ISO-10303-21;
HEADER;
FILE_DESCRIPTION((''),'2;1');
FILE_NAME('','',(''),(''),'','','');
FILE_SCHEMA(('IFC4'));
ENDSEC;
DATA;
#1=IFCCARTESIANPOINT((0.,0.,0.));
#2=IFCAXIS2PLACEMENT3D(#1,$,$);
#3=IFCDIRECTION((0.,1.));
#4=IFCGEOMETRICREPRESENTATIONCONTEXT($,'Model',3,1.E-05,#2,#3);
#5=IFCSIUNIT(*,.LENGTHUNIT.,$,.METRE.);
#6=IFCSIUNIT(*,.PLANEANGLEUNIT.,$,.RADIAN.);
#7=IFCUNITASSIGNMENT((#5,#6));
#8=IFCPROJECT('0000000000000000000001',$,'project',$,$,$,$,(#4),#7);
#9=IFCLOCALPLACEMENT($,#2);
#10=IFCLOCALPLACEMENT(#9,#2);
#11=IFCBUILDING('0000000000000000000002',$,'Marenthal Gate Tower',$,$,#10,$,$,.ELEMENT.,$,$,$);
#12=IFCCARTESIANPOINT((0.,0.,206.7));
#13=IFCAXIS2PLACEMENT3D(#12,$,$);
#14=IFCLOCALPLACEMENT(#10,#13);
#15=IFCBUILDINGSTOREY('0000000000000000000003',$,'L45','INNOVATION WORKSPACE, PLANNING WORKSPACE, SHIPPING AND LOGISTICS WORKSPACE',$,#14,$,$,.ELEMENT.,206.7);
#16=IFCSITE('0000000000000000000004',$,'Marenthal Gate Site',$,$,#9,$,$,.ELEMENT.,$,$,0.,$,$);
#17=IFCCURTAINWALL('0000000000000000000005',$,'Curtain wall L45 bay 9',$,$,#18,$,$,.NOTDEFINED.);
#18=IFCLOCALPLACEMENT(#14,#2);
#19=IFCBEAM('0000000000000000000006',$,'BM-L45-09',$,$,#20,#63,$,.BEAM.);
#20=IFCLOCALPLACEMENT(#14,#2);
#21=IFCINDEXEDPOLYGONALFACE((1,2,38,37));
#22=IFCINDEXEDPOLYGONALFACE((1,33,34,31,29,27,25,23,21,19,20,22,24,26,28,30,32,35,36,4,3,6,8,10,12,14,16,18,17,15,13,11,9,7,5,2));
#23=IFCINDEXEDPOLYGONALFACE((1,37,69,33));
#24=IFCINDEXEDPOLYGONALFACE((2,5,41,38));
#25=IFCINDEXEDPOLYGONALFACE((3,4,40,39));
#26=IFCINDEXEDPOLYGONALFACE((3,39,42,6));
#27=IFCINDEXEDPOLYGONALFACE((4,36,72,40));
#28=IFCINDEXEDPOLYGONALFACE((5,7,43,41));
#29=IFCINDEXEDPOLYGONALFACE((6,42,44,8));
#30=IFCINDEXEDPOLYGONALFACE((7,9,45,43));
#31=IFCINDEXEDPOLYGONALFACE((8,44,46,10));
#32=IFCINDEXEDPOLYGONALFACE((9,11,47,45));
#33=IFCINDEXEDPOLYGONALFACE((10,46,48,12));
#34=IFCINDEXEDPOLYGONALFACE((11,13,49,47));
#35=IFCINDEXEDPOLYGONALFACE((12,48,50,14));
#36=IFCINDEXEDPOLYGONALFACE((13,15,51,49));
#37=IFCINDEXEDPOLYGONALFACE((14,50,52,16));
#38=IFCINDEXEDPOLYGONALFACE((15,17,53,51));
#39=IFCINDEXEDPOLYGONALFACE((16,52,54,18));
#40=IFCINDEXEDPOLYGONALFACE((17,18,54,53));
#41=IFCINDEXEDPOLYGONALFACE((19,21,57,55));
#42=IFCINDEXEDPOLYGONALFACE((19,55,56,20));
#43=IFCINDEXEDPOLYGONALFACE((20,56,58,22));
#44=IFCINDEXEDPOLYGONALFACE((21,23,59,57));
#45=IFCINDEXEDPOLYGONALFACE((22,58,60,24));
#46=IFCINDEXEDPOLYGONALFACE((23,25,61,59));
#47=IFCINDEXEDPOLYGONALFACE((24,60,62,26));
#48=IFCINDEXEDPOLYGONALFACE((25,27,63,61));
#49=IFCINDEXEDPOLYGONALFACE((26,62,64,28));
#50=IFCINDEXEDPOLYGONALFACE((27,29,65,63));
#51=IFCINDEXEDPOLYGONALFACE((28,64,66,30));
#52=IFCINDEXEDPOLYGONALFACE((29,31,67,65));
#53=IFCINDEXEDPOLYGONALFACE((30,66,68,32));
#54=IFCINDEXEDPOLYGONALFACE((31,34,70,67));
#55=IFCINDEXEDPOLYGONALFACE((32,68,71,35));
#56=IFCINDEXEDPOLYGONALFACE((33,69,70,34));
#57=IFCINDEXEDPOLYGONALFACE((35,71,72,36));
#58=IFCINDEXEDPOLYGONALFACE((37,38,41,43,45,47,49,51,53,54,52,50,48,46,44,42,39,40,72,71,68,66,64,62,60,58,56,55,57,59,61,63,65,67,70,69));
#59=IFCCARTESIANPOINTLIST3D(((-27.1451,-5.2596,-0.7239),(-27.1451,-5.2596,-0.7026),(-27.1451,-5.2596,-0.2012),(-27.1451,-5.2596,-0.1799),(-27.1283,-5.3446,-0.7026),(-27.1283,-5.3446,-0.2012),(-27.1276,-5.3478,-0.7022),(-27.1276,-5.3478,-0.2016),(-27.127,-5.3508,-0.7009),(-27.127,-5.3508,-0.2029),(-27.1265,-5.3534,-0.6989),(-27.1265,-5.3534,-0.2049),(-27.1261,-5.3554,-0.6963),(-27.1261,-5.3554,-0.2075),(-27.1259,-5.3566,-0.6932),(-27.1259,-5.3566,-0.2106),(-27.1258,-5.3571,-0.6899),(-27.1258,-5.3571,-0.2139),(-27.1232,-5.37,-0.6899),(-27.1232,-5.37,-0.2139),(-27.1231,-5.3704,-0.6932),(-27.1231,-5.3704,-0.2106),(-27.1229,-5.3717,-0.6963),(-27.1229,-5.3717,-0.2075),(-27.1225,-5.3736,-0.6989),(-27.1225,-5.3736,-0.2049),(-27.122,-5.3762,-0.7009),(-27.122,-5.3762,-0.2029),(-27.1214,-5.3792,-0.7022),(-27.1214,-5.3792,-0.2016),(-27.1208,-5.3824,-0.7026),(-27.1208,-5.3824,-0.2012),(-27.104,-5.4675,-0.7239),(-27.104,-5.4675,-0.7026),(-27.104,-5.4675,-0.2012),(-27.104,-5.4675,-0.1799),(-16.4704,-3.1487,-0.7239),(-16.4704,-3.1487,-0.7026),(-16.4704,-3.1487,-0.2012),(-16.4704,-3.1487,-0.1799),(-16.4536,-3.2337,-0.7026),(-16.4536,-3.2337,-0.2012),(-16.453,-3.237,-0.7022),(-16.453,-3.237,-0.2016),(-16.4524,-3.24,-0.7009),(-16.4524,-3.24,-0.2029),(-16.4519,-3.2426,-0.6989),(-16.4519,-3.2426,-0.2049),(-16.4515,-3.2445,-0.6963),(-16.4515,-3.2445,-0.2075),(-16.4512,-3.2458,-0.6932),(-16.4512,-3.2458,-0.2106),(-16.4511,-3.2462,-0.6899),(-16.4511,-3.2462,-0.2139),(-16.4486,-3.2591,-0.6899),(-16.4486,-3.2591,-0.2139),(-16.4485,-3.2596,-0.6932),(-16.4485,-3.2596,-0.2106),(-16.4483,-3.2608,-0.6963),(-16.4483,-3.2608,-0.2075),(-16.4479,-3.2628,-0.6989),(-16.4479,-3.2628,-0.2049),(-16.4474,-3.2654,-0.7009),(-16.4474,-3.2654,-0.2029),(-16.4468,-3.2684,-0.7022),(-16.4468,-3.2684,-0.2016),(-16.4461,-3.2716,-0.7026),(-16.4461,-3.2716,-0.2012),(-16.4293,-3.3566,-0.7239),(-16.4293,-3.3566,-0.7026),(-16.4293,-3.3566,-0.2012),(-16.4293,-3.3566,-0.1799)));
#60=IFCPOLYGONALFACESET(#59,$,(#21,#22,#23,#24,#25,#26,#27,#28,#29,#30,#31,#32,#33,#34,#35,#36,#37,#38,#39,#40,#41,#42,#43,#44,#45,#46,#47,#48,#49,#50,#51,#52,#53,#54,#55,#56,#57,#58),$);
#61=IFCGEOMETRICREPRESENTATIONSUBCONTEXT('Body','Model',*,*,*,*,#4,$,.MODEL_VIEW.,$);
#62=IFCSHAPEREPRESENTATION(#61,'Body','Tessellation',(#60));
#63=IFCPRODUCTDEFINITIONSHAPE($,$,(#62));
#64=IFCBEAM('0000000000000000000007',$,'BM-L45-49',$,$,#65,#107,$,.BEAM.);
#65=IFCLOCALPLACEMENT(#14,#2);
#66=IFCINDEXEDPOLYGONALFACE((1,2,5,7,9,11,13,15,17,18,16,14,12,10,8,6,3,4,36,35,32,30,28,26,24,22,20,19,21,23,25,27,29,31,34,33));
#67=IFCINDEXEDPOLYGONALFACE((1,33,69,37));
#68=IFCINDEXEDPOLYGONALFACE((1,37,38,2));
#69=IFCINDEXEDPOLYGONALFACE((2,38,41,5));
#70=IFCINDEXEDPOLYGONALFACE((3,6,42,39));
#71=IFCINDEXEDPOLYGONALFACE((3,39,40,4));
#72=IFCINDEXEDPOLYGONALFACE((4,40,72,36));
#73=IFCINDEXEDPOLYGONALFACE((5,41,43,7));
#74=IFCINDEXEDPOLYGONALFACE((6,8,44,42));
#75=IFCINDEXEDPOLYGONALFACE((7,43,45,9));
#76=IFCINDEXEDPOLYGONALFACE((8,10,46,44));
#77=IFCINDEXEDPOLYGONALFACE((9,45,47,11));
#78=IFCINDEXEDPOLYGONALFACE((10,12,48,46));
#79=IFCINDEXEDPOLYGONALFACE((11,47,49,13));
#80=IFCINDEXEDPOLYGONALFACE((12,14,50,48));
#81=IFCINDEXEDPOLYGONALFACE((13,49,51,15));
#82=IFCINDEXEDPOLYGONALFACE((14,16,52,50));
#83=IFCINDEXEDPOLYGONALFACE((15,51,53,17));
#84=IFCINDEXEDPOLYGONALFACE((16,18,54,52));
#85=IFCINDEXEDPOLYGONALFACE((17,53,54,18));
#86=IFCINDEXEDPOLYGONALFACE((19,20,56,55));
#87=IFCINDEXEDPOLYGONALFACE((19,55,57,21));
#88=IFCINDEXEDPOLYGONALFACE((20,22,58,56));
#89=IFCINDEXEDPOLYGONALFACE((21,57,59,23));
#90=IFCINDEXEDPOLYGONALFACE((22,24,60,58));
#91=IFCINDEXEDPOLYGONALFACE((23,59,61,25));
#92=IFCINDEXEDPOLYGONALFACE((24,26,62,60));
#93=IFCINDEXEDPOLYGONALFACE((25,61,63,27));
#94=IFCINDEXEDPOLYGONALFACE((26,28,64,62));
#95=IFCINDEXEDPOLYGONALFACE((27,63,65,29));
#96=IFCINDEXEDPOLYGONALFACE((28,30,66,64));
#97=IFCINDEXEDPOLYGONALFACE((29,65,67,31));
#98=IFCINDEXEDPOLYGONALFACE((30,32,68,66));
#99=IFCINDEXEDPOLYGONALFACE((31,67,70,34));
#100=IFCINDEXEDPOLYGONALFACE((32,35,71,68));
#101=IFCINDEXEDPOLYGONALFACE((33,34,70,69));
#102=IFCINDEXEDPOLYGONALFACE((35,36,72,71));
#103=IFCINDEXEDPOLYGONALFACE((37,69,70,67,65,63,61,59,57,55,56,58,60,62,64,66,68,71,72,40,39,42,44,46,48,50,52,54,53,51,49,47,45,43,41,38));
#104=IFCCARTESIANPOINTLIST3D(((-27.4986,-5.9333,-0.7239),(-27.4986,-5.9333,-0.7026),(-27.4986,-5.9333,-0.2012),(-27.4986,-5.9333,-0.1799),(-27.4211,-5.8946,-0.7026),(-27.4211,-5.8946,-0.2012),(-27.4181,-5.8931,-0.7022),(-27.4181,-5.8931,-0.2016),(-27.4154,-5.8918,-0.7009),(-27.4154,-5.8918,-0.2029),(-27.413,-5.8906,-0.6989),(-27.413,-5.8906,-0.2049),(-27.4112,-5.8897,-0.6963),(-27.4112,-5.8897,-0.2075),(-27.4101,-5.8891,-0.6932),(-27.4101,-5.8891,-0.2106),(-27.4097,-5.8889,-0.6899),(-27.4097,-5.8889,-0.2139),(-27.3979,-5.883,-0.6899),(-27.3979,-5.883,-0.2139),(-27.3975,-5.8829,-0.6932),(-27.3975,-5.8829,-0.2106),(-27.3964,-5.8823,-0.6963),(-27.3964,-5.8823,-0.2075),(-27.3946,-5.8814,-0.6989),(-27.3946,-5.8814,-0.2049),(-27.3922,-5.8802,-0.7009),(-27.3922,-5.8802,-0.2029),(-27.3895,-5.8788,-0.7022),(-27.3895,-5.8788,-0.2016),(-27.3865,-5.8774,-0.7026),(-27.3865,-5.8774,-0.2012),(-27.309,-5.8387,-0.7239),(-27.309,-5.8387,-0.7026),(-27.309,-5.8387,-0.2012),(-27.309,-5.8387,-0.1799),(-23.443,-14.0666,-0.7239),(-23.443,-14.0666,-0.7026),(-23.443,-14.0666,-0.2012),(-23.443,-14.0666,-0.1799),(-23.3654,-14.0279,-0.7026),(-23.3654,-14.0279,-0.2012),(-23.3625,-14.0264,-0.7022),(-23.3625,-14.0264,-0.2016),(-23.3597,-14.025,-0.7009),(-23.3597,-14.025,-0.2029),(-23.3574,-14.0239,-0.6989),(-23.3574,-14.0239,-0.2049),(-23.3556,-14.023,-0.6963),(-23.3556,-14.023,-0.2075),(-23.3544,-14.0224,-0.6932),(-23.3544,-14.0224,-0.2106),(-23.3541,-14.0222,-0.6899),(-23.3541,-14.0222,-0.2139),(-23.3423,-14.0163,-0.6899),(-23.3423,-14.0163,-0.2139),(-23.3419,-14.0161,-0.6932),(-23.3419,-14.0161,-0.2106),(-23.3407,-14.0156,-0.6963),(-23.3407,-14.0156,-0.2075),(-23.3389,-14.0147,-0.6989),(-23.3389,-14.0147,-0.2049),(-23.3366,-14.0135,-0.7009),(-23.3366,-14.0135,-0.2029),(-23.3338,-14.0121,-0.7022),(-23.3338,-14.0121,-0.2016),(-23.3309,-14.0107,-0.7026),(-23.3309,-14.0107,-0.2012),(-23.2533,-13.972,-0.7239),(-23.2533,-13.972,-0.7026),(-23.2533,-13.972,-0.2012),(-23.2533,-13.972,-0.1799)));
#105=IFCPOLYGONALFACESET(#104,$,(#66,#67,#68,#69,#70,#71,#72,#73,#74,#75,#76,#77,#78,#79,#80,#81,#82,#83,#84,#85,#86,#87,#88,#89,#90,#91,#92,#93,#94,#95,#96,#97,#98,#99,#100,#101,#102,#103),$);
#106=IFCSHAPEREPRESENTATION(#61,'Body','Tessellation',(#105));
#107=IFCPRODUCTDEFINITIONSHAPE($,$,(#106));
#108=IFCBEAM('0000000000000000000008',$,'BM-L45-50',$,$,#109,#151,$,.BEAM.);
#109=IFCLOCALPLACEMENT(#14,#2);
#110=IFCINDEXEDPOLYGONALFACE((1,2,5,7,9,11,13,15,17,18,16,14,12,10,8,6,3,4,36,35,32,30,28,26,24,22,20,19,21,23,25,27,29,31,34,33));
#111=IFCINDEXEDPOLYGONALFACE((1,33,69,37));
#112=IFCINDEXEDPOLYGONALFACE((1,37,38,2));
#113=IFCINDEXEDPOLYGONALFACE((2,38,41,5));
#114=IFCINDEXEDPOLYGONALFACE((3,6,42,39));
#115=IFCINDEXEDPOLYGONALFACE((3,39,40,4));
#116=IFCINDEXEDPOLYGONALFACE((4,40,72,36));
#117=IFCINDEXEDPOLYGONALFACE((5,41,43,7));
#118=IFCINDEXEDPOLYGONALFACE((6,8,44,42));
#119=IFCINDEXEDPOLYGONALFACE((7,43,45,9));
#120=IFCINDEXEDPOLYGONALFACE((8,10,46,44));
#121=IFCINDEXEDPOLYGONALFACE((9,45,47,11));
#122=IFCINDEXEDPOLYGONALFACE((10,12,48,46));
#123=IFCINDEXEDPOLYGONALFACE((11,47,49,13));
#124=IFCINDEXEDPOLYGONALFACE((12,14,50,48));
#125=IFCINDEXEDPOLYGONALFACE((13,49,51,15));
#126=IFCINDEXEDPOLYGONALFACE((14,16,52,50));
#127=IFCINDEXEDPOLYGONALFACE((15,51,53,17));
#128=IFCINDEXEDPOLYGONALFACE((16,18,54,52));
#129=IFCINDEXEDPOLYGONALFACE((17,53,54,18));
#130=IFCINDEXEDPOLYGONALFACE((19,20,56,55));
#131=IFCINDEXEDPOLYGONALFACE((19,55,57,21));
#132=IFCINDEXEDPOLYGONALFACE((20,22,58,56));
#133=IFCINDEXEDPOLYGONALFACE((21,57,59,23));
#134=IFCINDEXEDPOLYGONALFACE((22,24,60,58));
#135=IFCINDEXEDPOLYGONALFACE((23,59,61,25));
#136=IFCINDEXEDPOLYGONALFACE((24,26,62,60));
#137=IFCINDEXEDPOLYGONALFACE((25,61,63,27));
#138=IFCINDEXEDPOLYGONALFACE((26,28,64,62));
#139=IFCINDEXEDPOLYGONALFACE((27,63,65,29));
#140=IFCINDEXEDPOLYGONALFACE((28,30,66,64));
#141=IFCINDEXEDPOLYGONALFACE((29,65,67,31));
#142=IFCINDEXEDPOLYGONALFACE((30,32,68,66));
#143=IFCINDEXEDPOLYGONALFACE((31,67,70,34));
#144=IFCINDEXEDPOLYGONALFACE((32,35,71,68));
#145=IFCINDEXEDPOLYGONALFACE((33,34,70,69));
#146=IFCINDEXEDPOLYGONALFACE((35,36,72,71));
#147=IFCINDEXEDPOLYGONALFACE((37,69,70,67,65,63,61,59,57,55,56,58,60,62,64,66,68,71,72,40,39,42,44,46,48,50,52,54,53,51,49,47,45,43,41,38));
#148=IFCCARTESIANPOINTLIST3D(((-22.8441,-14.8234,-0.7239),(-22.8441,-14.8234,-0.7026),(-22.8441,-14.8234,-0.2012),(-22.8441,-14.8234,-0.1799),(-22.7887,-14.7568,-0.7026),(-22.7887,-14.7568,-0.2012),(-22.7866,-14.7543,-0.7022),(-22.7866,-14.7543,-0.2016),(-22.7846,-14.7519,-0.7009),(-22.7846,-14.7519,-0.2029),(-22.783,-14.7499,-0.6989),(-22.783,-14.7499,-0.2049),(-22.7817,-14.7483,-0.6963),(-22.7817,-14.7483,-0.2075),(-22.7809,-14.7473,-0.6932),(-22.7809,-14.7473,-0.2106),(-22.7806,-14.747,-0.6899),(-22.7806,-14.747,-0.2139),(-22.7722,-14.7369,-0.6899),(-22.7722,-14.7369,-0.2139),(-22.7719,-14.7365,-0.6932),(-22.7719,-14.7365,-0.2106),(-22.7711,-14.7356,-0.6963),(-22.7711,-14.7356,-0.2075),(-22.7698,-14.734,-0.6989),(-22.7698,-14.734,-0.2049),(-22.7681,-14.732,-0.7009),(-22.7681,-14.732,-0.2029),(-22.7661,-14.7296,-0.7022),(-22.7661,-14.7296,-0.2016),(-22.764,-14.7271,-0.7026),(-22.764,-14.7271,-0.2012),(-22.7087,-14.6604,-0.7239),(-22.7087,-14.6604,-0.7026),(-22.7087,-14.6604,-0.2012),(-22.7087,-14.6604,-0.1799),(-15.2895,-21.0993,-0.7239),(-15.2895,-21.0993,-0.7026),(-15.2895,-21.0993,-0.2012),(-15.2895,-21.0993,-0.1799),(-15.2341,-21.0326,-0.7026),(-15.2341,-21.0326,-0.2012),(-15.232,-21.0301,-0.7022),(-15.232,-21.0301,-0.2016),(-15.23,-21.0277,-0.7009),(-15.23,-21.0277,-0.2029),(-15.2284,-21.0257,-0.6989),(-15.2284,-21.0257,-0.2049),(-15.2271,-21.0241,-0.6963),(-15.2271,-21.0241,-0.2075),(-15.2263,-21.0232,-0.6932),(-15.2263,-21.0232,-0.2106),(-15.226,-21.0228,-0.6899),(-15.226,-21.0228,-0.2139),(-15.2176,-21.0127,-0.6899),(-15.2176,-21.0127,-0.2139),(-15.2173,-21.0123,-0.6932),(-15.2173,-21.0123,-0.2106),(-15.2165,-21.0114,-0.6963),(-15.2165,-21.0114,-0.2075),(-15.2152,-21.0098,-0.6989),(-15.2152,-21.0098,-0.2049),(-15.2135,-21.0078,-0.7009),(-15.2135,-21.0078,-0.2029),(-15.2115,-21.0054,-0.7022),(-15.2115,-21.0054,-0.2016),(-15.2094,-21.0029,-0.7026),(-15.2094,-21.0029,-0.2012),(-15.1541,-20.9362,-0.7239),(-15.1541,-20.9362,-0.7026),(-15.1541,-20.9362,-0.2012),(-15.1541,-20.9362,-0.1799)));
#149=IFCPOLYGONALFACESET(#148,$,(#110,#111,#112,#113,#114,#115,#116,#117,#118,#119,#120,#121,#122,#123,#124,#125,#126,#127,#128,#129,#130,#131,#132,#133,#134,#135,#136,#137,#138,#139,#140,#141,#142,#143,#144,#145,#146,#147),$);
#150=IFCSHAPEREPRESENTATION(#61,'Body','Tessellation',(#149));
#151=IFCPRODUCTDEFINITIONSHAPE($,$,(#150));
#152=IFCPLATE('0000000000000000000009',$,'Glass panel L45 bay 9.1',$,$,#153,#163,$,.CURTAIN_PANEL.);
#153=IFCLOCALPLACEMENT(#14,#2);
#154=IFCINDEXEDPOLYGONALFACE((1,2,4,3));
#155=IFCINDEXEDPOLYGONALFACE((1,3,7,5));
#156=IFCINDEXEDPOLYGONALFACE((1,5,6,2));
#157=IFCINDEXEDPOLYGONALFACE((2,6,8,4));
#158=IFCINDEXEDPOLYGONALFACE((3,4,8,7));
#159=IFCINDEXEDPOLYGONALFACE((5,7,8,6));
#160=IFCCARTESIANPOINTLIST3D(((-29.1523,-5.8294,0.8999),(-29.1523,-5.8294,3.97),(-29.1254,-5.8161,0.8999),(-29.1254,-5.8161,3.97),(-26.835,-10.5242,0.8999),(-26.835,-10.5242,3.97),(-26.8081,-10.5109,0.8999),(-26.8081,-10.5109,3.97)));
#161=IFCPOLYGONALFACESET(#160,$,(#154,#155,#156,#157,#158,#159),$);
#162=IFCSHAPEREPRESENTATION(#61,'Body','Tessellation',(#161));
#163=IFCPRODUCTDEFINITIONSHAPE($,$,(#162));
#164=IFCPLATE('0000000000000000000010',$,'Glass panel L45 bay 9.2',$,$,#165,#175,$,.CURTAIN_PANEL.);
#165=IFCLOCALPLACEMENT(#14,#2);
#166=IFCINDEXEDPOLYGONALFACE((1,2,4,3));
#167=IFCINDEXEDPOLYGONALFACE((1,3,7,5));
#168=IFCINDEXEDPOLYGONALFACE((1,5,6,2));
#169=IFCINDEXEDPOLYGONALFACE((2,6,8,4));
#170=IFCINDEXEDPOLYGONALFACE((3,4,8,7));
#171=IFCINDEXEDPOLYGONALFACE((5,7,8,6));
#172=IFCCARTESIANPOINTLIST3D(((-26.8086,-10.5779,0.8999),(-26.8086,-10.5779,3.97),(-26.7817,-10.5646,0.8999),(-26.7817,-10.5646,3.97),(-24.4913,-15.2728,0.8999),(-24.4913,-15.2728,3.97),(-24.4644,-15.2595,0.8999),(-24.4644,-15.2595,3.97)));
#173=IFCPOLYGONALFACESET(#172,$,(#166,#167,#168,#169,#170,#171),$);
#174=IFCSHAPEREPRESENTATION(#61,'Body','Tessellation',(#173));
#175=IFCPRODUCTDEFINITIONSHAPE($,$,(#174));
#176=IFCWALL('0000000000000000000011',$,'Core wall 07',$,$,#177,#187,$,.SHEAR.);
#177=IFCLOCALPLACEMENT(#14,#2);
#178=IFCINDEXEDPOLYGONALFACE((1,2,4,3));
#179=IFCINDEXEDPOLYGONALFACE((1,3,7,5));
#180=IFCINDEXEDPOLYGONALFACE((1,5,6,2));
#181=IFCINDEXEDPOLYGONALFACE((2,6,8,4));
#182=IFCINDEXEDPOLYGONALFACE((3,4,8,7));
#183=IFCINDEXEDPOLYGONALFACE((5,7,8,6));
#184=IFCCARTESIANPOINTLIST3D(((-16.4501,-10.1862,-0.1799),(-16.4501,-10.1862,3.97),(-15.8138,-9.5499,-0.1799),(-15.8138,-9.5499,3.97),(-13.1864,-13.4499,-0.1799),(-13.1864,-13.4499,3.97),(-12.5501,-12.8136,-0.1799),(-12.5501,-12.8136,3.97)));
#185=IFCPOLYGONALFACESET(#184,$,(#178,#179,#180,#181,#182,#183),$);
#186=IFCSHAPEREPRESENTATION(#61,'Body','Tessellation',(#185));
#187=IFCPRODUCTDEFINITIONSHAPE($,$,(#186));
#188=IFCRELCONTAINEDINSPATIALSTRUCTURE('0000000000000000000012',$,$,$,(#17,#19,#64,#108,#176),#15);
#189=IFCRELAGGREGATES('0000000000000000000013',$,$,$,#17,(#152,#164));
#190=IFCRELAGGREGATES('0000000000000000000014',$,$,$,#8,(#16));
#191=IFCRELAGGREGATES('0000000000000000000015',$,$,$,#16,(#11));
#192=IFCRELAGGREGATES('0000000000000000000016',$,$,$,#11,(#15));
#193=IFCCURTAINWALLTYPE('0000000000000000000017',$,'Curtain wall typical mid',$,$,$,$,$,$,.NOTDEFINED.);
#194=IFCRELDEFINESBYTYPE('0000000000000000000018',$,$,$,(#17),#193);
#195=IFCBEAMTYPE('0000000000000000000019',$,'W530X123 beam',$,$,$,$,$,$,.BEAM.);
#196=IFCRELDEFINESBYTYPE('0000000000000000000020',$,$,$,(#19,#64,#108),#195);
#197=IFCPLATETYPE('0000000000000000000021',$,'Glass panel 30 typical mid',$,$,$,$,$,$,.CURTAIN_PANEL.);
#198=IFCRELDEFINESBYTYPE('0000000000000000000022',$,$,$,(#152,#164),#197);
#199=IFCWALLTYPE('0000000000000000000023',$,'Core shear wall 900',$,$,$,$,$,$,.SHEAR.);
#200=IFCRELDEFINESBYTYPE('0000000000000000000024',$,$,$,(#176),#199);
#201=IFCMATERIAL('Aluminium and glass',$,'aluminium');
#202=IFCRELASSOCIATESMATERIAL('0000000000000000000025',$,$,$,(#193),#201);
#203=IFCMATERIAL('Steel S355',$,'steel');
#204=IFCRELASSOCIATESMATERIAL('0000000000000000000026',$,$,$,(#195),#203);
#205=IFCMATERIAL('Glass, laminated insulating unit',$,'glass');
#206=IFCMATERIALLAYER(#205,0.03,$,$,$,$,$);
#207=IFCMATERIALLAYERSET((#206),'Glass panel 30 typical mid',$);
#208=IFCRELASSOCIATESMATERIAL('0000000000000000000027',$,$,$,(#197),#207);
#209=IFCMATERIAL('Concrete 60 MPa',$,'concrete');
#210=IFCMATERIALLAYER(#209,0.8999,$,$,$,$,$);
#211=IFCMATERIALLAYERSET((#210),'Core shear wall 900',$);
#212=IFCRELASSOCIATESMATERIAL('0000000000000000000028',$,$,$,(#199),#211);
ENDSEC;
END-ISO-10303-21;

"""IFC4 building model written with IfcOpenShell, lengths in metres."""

from ifc_helpers import new_model, si_unit, direction, frame, frame_2d, origin, origin_2d, place, context, subcontext, project, spatial, rectangle, i_section, extrude, material, layer, layer_set, material_profile, profile_set, type_object, element, aggregate, save


model = new_model("IFC4")

# Units and contexts
model_context = context("Model", 3, precision=1e-05, world=origin(), true_north=direction((0.0, 1.0)))
body_context = subcontext(model_context, "Body", "Model", "MODEL_VIEW")
ifc_project = project(units=[si_unit("LENGTHUNIT", "METRE"), si_unit("PLANEANGLEUNIT", "RADIAN")], contexts=[model_context])

# Site, building, storey
site_placement = place(None, origin())
site = spatial("IfcSite", under=ifc_project, at=site_placement, Name="Marenthal Gate Site", CompositionType="ELEMENT", RefElevation=0.0)
building_placement = place(site_placement, origin())
building = spatial("IfcBuilding", under=site, at=building_placement, Name="Marenthal Gate Tower", CompositionType="ELEMENT")
storey_placement = place(building_placement, frame((0.0, 0.0, 206.7)))
storey = spatial("IfcBuildingStorey", under=building, at=storey_placement, Name="L45", Description="INNOVATION WORKSPACE, PLANNING WORKSPACE, SHIPPING AND LOGISTICS WORKSPACE", CompositionType="ELEMENT", Elevation=206.7)

# Curtain wall
ifc_material_1 = material(Name="Aluminium and glass", Category="aluminium")
curtain_wall_type = type_object("IfcCurtainWallType", Name="Curtain wall typical mid", PredefinedType="NOTDEFINED", material=ifc_material_1)
curtain_wall_1_placement = place(storey_placement, origin())
curtain_wall_1 = element("IfcCurtainWall", 1, at=curtain_wall_1_placement, inside=storey, type_object=curtain_wall_type, Name="Curtain wall L45 bay 9", PredefinedType="NOTDEFINED")

# Beams
ifc_material_2 = material(Name="Steel S355", Category="steel")
ifc_material_profile_1 = material_profile(ifc_material_2, i_section(OverallWidth=0.2119, OverallDepth=0.5439, WebThickness=0.0132, FlangeThickness=0.0212, FilletRadius=0.0127, at=origin_2d()), Name="W530X123")
ifc_profile_set_1 = profile_set([ifc_material_profile_1], Name="Steel S355")
beam_type_1 = type_object("IfcBeamType", Name="W530X123 beam", PredefinedType="BEAM", material=ifc_profile_set_1)
beam_1_placement = place(storey_placement, frame((-27.1245, -5.3635, -0.4519), z_axis=(0.981004, 0.193988, 0.0), x_axis=(-0.193988, 0.981004, 0.0)))
element("IfcBeam", 2, at=beam_1_placement, inside=storey, type_object=beam_type_1, Name="BM-L45-09", PredefinedType="BEAM", context=body_context, shape_type="SweptSolid", body=[
    extrude(i_section(OverallWidth=0.2119, OverallDepth=0.5439, WebThickness=0.0132, FlangeThickness=0.0212, FilletRadius=0.0127, at=origin_2d()), origin(), (0.0, 0.0, 1.0), 10.8813),
])
beam_2_placement = place(storey_placement, frame((-27.4038, -5.886, -0.4519), z_axis=(0.446246, -0.89491, 0.0), x_axis=(0.89491, 0.446246, 0.0)))
element("IfcBeam", 3, at=beam_2_placement, inside=storey, type_object=beam_type_1, Name="BM-L45-49", PredefinedType="BEAM", context=body_context, shape_type="SweptSolid", body=[
    extrude(i_section(OverallWidth=0.2119, OverallDepth=0.5439, WebThickness=0.0132, FlangeThickness=0.0212, FilletRadius=0.0127, at=origin_2d()), origin(), (0.0, 0.0, 1.0), 9.0884),
])
beam_3_placement = place(storey_placement, frame((-22.7764, -14.7419, -0.4519), z_axis=(0.769207, -0.639, 0.0), x_axis=(0.639, 0.769207, 0.0)))
element("IfcBeam", 4, at=beam_3_placement, inside=storey, type_object=beam_type_1, Name="BM-L45-50", PredefinedType="BEAM", context=body_context, shape_type="SweptSolid", body=[
    extrude(i_section(OverallWidth=0.2119, OverallDepth=0.5439, WebThickness=0.0132, FlangeThickness=0.0212, FilletRadius=0.0127, at=origin_2d()), origin(), (0.0, 0.0, 1.0), 9.8213),
])

# Plates
ifc_material_3 = material(Name="Glass, laminated insulating unit", Category="glass")
ifc_layer_1 = layer(ifc_material_3, 0.03)
ifc_layer_set_1 = layer_set([ifc_layer_1], Name="Glass panel 30 typical mid")
plate_type = type_object("IfcPlateType", Name="Glass panel 30 typical mid", PredefinedType="CURTAIN_PANEL", material=ifc_layer_set_1)
plate_1_placement = place(storey_placement, frame((-27.9802, -8.1702, 0.8999), z_axis=(0.0, 0.0, 1.0), x_axis=(0.442607, -0.896716, 0.0)))
plate_1 = element("IfcPlate", 5, at=plate_1_placement, type_object=plate_type, Name="Glass panel L45 bay 9.1", PredefinedType="CURTAIN_PANEL", context=body_context, shape_type="SweptSolid", body=[
    extrude(rectangle(XDim=5.2356, YDim=0.03, at=origin_2d()), origin(), (0.0, 0.0, 1.0), 3.0701),
])
plate_2_placement = place(storey_placement, frame((-25.6365, -12.9187, 0.8999), z_axis=(0.0, 0.0, 1.0), x_axis=(0.442607, -0.896716, 0.0)))
plate_2 = element("IfcPlate", 6, at=plate_2_placement, type_object=plate_type, Name="Glass panel L45 bay 9.2", PredefinedType="CURTAIN_PANEL", context=body_context, shape_type="SweptSolid", body=[
    extrude(rectangle(XDim=5.2356, YDim=0.03, at=origin_2d()), origin(), (0.0, 0.0, 1.0), 3.0701),
])
aggregate(curtain_wall_1, [plate_1, plate_2])

# Wall
ifc_material_4 = material(Name="Concrete 60 MPa", Category="concrete")
ifc_layer_2 = layer(ifc_material_4, 0.8999)
ifc_layer_set_2 = layer_set([ifc_layer_2], Name="Core shear wall 900")
wall_type_1 = type_object("IfcWallType", Name="Core shear wall 900", PredefinedType="SHEAR", material=ifc_layer_set_2)
wall_1_placement = place(storey_placement, frame((-16.1318, -9.8682, -0.1799), z_axis=(0.0, 0.0, 1.0), x_axis=(0.707107, -0.707107, 0.0)))
element("IfcWall", 7, at=wall_1_placement, inside=storey, type_object=wall_type_1, Name="Core wall 07", PredefinedType="SHEAR", context=body_context, shape_type="SweptSolid", body=[
    extrude(rectangle(XDim=4.6155, YDim=0.8999, at=frame_2d((2.3076, 0.0))), origin(), (0.0, 0.0, 1.0), 4.1499),
])

save(model, "model.ifc")
